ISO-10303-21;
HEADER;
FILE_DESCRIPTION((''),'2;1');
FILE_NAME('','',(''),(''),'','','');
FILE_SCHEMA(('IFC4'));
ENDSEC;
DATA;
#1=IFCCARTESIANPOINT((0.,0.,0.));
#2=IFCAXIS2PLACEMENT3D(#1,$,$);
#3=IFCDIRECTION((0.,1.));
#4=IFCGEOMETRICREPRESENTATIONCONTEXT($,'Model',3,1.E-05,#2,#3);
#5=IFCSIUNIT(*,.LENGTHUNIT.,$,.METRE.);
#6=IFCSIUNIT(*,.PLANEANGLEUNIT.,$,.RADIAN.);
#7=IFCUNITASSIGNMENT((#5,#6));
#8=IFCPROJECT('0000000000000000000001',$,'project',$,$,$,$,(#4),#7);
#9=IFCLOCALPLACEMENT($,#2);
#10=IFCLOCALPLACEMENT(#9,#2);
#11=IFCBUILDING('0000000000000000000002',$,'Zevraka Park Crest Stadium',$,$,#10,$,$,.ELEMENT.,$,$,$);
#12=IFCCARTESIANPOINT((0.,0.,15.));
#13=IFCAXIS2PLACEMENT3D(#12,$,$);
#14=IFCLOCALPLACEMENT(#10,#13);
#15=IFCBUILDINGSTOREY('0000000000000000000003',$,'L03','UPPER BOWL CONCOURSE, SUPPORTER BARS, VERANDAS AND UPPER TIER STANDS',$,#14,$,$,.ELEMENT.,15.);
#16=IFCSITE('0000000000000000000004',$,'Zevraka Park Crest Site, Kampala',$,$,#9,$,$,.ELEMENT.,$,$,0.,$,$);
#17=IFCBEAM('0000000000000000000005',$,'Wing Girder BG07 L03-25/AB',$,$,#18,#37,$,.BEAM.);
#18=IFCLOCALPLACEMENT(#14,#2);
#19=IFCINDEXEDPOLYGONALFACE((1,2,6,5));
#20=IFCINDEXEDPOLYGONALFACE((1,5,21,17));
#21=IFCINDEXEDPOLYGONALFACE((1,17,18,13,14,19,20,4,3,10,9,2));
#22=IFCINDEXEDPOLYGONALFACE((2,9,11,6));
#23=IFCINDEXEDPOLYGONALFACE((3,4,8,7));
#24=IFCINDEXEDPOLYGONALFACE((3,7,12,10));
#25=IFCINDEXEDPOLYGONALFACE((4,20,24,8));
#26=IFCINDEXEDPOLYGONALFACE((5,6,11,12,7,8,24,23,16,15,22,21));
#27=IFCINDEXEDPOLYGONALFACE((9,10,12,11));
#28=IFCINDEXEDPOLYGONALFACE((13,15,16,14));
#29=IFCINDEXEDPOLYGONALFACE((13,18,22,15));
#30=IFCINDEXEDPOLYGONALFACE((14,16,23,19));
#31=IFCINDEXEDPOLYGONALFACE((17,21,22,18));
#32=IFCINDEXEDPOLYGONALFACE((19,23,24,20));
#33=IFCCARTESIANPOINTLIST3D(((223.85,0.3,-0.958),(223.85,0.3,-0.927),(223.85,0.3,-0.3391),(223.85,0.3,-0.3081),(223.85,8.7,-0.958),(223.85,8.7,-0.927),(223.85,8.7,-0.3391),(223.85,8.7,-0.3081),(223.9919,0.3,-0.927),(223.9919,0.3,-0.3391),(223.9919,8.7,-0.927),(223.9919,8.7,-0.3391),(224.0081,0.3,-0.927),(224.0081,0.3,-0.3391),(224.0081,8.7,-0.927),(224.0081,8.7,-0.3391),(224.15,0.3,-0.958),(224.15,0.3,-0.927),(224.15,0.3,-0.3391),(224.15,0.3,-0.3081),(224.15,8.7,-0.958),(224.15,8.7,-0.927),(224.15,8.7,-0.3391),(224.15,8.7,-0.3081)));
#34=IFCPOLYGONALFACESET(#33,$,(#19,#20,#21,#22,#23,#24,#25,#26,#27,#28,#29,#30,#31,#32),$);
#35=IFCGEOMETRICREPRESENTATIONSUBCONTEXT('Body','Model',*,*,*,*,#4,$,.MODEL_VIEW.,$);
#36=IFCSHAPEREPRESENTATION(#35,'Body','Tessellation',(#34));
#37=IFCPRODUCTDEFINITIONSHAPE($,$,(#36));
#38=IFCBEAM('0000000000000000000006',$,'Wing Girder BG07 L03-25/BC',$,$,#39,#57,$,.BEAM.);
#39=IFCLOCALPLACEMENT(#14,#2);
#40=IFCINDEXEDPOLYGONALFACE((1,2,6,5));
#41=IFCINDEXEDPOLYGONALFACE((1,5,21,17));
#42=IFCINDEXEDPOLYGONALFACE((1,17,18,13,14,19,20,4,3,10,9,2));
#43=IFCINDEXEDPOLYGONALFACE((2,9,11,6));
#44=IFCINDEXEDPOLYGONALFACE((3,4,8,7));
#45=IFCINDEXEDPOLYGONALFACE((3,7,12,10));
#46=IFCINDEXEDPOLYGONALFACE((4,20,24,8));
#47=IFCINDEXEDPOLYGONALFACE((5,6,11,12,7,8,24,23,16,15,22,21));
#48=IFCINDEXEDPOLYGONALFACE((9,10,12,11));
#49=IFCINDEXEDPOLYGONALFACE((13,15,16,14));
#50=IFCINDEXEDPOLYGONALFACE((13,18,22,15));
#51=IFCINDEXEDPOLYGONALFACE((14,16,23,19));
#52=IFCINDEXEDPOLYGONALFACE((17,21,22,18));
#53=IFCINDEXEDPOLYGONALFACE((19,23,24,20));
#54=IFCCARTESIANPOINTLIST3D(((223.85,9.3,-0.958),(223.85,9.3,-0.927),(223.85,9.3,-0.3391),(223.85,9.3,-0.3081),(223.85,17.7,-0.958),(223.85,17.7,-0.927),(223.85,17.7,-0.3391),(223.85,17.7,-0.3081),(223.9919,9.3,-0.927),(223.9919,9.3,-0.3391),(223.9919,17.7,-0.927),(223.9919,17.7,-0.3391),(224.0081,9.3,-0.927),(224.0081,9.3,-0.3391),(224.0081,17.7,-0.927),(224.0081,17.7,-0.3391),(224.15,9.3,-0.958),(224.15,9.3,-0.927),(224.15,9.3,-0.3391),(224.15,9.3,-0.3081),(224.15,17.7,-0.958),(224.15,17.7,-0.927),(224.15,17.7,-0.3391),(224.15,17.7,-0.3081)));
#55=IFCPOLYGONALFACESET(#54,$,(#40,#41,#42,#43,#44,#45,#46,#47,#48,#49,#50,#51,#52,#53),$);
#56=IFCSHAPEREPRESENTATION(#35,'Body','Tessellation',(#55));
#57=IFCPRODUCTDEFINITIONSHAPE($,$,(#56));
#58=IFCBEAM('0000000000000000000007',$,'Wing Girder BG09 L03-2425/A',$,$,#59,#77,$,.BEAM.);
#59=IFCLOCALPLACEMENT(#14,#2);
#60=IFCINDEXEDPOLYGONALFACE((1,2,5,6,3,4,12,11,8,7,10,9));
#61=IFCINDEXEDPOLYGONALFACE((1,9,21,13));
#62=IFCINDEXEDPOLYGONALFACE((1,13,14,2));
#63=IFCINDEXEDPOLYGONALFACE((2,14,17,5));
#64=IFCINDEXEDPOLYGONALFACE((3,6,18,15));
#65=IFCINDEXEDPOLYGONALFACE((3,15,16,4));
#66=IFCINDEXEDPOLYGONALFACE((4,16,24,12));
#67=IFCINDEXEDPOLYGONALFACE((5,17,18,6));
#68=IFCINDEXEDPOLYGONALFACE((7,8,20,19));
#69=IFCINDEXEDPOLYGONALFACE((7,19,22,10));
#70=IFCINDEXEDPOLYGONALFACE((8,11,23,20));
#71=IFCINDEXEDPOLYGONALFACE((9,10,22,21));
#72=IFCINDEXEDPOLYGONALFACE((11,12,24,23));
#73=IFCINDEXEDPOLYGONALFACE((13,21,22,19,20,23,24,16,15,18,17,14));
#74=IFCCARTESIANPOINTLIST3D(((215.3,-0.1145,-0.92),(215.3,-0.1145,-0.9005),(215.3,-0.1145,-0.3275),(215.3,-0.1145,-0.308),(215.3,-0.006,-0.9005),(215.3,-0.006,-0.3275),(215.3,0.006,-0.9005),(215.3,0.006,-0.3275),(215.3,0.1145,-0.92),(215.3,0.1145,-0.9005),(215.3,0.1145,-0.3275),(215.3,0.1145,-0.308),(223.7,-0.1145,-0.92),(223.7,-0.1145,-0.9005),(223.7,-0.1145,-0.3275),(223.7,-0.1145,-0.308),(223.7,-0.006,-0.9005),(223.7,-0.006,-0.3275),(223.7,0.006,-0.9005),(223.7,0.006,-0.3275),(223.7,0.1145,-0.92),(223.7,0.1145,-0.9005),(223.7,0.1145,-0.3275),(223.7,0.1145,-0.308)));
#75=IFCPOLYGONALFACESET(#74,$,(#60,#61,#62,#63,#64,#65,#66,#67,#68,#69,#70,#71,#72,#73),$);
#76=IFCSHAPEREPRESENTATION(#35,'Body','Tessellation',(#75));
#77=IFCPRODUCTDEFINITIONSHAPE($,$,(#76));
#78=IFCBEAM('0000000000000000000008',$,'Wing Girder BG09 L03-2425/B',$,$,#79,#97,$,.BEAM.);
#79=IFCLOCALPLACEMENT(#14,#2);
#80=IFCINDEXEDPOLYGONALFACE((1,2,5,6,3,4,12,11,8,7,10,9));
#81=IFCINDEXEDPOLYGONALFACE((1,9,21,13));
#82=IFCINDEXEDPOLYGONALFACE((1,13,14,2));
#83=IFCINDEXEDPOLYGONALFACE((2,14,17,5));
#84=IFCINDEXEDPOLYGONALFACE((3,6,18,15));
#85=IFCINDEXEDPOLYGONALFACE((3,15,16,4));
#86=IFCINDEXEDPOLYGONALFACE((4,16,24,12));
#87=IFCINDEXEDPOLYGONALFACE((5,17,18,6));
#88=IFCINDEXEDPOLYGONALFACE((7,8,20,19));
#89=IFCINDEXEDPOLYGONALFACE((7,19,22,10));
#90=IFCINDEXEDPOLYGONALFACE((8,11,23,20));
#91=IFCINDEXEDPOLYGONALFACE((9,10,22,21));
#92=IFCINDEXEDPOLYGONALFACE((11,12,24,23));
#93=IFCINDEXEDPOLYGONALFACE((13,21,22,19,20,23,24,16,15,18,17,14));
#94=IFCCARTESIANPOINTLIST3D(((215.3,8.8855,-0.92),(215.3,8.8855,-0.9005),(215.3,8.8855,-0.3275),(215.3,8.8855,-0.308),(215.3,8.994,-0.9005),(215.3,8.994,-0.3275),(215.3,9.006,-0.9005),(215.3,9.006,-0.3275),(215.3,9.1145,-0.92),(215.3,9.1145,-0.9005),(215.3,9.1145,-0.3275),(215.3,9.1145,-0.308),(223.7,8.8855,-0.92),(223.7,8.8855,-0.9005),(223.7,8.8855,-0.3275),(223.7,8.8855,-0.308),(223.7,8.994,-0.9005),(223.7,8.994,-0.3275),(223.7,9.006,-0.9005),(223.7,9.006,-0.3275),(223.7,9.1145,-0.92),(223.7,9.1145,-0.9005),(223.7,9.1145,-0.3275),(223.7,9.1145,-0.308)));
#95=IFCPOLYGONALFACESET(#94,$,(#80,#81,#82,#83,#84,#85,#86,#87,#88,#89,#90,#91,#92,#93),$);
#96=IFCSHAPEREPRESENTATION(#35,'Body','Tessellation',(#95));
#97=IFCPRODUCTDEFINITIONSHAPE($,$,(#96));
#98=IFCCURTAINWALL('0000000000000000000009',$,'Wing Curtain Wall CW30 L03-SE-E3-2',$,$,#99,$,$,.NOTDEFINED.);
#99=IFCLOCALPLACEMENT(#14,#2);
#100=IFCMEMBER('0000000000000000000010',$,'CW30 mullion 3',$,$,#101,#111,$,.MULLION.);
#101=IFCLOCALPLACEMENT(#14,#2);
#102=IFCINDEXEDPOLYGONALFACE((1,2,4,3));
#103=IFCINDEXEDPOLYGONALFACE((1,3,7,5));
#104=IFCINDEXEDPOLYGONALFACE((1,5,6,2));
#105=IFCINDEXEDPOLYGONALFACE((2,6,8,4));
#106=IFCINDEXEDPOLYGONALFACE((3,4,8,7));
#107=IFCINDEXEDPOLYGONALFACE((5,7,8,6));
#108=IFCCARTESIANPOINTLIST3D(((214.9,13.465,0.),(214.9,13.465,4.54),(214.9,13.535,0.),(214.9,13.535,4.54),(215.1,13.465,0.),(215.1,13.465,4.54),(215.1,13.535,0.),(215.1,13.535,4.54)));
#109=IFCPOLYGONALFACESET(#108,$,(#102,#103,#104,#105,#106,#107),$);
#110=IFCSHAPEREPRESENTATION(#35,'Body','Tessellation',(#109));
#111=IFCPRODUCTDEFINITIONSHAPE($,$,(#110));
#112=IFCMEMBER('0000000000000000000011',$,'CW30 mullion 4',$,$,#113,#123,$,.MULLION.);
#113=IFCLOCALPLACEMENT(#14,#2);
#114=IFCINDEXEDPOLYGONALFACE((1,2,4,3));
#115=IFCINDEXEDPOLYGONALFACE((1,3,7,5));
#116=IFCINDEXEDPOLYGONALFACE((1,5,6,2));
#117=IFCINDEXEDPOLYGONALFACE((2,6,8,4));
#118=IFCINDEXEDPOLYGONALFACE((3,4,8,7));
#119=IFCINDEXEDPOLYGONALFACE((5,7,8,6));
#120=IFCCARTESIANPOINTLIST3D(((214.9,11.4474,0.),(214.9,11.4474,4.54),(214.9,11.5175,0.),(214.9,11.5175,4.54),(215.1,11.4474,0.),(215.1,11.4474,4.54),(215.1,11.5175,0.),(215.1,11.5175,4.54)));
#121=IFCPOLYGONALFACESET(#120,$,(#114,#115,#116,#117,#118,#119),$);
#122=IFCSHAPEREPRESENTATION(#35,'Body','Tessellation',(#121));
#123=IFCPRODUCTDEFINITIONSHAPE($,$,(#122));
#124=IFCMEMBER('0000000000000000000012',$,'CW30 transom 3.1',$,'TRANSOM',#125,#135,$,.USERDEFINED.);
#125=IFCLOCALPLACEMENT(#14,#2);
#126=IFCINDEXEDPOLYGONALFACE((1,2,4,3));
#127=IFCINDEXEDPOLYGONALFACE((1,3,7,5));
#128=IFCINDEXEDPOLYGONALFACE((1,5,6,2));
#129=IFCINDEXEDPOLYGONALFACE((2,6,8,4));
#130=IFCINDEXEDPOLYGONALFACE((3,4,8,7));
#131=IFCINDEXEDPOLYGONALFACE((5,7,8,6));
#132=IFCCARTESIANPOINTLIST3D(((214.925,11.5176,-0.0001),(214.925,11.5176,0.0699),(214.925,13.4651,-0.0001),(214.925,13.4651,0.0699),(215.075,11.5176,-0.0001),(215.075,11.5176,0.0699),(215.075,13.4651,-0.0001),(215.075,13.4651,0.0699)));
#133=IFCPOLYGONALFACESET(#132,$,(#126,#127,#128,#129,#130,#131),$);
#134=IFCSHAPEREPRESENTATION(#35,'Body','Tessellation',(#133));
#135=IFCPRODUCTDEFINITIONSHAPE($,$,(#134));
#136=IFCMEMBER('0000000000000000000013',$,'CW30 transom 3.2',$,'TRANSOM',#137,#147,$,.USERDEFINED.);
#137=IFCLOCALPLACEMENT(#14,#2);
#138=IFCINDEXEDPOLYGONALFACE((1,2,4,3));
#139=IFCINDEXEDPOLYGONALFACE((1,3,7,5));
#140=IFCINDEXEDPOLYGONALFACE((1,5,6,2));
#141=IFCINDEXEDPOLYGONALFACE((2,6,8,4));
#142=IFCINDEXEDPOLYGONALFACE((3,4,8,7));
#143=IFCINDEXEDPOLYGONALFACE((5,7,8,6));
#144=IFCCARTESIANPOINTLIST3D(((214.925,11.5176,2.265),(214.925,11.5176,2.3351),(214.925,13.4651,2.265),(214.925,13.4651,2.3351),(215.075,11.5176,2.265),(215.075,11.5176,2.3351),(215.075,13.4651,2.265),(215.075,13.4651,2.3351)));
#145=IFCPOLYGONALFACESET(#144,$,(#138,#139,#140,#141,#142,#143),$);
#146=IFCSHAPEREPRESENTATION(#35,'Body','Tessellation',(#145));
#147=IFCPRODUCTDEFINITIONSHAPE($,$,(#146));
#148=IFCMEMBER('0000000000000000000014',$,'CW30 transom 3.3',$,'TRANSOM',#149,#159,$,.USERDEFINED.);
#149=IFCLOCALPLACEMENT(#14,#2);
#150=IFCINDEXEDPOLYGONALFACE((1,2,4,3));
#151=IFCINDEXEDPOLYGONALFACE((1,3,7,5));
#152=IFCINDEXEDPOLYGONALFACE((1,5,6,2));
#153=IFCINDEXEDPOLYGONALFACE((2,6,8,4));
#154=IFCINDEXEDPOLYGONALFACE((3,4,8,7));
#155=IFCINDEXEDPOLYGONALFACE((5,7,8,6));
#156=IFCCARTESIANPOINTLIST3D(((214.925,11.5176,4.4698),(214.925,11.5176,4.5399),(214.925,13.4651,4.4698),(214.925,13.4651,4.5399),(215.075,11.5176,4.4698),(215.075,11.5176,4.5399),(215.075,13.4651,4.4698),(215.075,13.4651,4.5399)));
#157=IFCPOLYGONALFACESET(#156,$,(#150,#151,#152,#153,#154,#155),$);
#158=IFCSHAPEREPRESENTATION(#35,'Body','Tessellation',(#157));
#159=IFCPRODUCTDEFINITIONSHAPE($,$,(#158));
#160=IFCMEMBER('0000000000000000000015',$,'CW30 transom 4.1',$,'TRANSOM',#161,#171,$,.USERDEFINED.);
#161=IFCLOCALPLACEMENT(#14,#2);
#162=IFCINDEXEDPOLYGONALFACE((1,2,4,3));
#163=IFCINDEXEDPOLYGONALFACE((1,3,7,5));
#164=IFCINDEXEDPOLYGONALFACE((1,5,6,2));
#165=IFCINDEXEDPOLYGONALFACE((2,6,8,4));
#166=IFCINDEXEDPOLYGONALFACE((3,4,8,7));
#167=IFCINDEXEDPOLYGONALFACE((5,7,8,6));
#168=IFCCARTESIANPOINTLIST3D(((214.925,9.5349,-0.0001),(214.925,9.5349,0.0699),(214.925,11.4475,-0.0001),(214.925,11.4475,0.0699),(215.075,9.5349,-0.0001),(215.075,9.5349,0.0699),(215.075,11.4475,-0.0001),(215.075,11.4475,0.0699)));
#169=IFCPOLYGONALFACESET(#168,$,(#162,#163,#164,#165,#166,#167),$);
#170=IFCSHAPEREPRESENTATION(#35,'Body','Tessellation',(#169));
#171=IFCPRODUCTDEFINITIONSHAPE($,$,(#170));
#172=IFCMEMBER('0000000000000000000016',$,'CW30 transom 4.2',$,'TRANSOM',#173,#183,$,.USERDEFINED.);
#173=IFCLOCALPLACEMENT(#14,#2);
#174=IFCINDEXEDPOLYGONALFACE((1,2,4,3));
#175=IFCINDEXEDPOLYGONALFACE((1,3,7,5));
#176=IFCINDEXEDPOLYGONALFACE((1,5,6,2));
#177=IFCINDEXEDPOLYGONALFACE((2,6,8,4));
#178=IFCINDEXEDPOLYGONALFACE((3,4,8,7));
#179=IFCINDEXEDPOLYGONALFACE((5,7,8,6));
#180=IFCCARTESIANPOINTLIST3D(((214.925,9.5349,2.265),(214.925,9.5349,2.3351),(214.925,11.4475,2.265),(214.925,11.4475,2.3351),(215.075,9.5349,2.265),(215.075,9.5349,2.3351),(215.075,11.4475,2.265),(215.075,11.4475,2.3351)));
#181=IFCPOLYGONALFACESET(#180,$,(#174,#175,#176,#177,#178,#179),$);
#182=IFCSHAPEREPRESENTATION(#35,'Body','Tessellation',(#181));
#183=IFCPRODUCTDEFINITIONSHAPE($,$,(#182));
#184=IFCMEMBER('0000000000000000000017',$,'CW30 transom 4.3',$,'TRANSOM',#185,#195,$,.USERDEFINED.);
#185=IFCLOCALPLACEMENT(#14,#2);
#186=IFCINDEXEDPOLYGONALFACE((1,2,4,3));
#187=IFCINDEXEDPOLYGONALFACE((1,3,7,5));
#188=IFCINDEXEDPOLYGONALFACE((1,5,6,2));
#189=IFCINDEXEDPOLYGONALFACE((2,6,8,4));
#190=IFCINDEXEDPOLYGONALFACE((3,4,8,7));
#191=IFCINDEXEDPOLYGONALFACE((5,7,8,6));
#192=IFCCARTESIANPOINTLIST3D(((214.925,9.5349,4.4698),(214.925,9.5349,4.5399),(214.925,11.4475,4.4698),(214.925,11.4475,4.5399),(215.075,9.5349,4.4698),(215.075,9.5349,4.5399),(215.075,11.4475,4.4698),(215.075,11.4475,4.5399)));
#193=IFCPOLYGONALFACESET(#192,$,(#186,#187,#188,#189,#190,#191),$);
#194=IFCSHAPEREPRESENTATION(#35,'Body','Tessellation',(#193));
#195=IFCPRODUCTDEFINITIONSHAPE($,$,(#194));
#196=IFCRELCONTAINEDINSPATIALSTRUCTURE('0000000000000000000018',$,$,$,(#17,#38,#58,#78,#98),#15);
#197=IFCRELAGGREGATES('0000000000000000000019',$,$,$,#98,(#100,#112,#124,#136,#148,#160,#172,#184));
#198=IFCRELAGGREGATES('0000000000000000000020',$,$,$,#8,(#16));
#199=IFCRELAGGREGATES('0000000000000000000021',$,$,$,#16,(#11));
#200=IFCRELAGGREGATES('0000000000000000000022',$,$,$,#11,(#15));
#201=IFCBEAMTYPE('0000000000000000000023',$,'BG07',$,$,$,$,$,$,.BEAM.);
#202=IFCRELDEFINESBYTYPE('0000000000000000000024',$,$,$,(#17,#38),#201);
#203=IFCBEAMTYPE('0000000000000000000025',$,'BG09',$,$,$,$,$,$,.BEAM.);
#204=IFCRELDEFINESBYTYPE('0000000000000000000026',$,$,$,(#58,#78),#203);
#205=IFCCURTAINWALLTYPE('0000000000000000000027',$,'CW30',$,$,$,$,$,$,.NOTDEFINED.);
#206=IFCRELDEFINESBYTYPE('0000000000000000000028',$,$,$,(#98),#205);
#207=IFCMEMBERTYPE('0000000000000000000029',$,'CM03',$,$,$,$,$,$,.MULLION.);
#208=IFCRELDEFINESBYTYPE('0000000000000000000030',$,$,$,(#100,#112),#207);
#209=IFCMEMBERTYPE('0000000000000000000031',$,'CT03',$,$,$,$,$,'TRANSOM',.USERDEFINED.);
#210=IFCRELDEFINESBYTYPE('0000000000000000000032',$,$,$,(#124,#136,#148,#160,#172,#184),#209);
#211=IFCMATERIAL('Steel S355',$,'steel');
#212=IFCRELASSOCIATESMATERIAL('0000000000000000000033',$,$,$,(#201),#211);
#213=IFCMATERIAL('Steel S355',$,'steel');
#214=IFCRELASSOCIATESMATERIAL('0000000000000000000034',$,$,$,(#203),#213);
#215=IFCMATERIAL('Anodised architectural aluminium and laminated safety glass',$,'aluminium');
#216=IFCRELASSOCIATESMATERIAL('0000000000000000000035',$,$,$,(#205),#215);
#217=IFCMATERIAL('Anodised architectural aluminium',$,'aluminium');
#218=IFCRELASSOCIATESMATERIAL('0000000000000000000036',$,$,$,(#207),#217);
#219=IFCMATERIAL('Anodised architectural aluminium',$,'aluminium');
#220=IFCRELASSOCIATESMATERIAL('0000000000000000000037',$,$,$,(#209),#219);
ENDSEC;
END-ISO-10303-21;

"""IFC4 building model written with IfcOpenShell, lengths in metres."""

from ifc_helpers import new_model, si_unit, direction, frame, origin, origin_2d, place, context, subcontext, project, spatial, rectangle, i_section, extrude, material, material_profile, profile_set, type_object, element, aggregate, save


model = new_model("IFC4")

# Units and contexts
model_context = context("Model", 3, precision=1e-05, world=origin(), true_north=direction((0.0, 1.0)))
body_context = subcontext(model_context, "Body", "Model", "MODEL_VIEW")
ifc_project = project(units=[si_unit("LENGTHUNIT", "METRE"), si_unit("PLANEANGLEUNIT", "RADIAN")], contexts=[model_context])

# Site, building, storey
site_placement = place(None, origin())
site = spatial("IfcSite", under=ifc_project, at=site_placement, Name="Zevraka Park Crest Site, Kampala", CompositionType="ELEMENT", RefElevation=0.0)
building_placement = place(site_placement, origin())
building = spatial("IfcBuilding", under=site, at=building_placement, Name="Zevraka Park Crest Stadium", CompositionType="ELEMENT")
storey_placement = place(building_placement, frame((0.0, 0.0, 15.0)))
storey = spatial("IfcBuildingStorey", under=building, at=storey_placement, Name="L03", Description="UPPER BOWL CONCOURSE, SUPPORTER BARS, VERANDAS AND UPPER TIER STANDS", CompositionType="ELEMENT", Elevation=15.0)

# Beams
ifc_material_1 = material(Name="Steel S355", Category="steel")
ifc_material_profile_1 = material_profile(ifc_material_1, i_section(OverallWidth=0.3, OverallDepth=0.6499, WebThickness=0.0161, FlangeThickness=0.031, at=origin_2d()), Name="HEB 650")
ifc_profile_set_1 = profile_set([ifc_material_profile_1], Name="Steel S355")
beam_type_1 = type_object("IfcBeamType", Name="BG07", PredefinedType="BEAM", material=ifc_profile_set_1)
for number, where, z_axis, x_axis, name in (
    (1, (224.0, 0.3, -0.6331), (0.0, 1.0, 0.0), (-1.0, 0.0, 0.0), "Wing Girder BG07 L03-25/AB"),
    (2, (224.0, 9.3, -0.6331), (0.0, 1.0, 0.0), (-1.0, 0.0, 0.0), "Wing Girder BG07 L03-25/BC"),
):
    element("IfcBeam", number, at=place(storey_placement, frame(where, z_axis=z_axis, x_axis=x_axis)), inside=storey, type_object=beam_type_1, Name=name, PredefinedType="BEAM", context=body_context, shape_type="SweptSolid", body=[
        extrude(i_section(OverallWidth=0.3, OverallDepth=0.6499, WebThickness=0.0161, FlangeThickness=0.031, at=origin_2d()), origin(), (0.0, 0.0, 1.0), 8.3999),
    ])
ifc_material_2 = material(Name="Steel S355", Category="steel")
ifc_material_profile_2 = material_profile(ifc_material_2, i_section(OverallWidth=0.229, OverallDepth=0.6121, WebThickness=0.012, FlangeThickness=0.0195, at=origin_2d()), Name="UKB 610x229x125")
ifc_profile_set_2 = profile_set([ifc_material_profile_2], Name="Steel S355")
beam_type_2 = type_object("IfcBeamType", Name="BG09", PredefinedType="BEAM", material=ifc_profile_set_2)
for number, where, z_axis, x_axis, name in (
    (3, (215.3, 0.0, -0.614), (1.0, 0.0, 0.0), (0.0, 1.0, 0.0), "Wing Girder BG09 L03-2425/A"),
    (4, (215.3, 9.0, -0.614), (1.0, 0.0, 0.0), (0.0, 1.0, 0.0), "Wing Girder BG09 L03-2425/B"),
):
    element("IfcBeam", number, at=place(storey_placement, frame(where, z_axis=z_axis, x_axis=x_axis)), inside=storey, type_object=beam_type_2, Name=name, PredefinedType="BEAM", context=body_context, shape_type="SweptSolid", body=[
        extrude(i_section(OverallWidth=0.229, OverallDepth=0.6121, WebThickness=0.012, FlangeThickness=0.0195, at=origin_2d()), origin(), (0.0, 0.0, 1.0), 8.3999),
    ])

# Curtain wall, members
ifc_material_3 = material(Name="Anodised architectural aluminium and laminated safety glass", Category="aluminium")
curtain_wall_type = type_object("IfcCurtainWallType", Name="CW30", PredefinedType="NOTDEFINED", material=ifc_material_3)
curtain_wall_placement = place(storey_placement, origin())
curtain_wall = element("IfcCurtainWall", 5, at=curtain_wall_placement, inside=storey, type_object=curtain_wall_type, Name="Wing Curtain Wall CW30 L03-SE-E3-2", PredefinedType="NOTDEFINED")
ifc_material_4 = material(Name="Anodised architectural aluminium", Category="aluminium")
ifc_material_profile_3 = material_profile(ifc_material_4, rectangle(XDim=0.2, YDim=0.0701, at=origin_2d()), Name="ALU MULLION 200x70")
ifc_profile_set_3 = profile_set([ifc_material_profile_3], Name="Anodised architectural aluminium")
member_type_1 = type_object("IfcMemberType", Name="CM03", PredefinedType="MULLION", material=ifc_profile_set_3)
member_1_placement = place(storey_placement, frame((215.0, 13.5, 0.0), z_axis=(0.0, 0.0, 1.0), x_axis=(1.0, 0.0, 0.0)))
member_1 = element("IfcMember", 6, at=member_1_placement, type_object=member_type_1, Name="CW30 mullion 3", PredefinedType="MULLION", context=body_context, shape_type="SweptSolid", body=[
    extrude(rectangle(XDim=0.2, YDim=0.0701, at=origin_2d()), origin(), (0.0, 0.0, 1.0), 4.54),
])
member_2_placement = place(storey_placement, frame((215.0, 11.4824, 0.0), z_axis=(0.0, 0.0, 1.0), x_axis=(1.0, 0.0, 0.0)))
member_2 = element("IfcMember", 7, at=member_2_placement, type_object=member_type_1, Name="CW30 mullion 4", PredefinedType="MULLION", context=body_context, shape_type="SweptSolid", body=[
    extrude(rectangle(XDim=0.2, YDim=0.0701, at=origin_2d()), origin(), (0.0, 0.0, 1.0), 4.54),
])
ifc_material_5 = material(Name="Anodised architectural aluminium", Category="aluminium")
ifc_material_profile_4 = material_profile(ifc_material_5, rectangle(XDim=0.1499, YDim=0.0701, at=origin_2d()), Name="ALU TRANSOM 150x70")
ifc_profile_set_4 = profile_set([ifc_material_profile_4], Name="Anodised architectural aluminium")
member_type_2 = type_object("IfcMemberType", Name="CT03", ElementType="TRANSOM", PredefinedType="USERDEFINED", material=ifc_profile_set_4)
member_3_placement = place(storey_placement, frame((215.0, 13.4651, 0.0349), z_axis=(0.0, -1.0, 0.0), x_axis=(1.0, 0.0, 0.0)))
member_3 = element("IfcMember", 8, at=member_3_placement, type_object=member_type_2, Name="CW30 transom 3.1", ObjectType="TRANSOM", PredefinedType="USERDEFINED", context=body_context, shape_type="SweptSolid", body=[
    extrude(rectangle(XDim=0.1499, YDim=0.0701, at=origin_2d()), origin(), (0.0, 0.0, 1.0), 1.9475),
])
member_4_placement = place(storey_placement, frame((215.0, 13.4651, 2.3), z_axis=(0.0, -1.0, 0.0), x_axis=(1.0, 0.0, 0.0)))
member_4 = element("IfcMember", 9, at=member_4_placement, type_object=member_type_2, Name="CW30 transom 3.2", ObjectType="TRANSOM", PredefinedType="USERDEFINED", context=body_context, shape_type="SweptSolid", body=[
    extrude(rectangle(XDim=0.1499, YDim=0.0701, at=origin_2d()), origin(), (0.0, 0.0, 1.0), 1.9475),
])
member_5_placement = place(storey_placement, frame((215.0, 13.4651, 4.5049), z_axis=(0.0, -1.0, 0.0), x_axis=(1.0, 0.0, 0.0)))
member_5 = element("IfcMember", 10, at=member_5_placement, type_object=member_type_2, Name="CW30 transom 3.3", ObjectType="TRANSOM", PredefinedType="USERDEFINED", context=body_context, shape_type="SweptSolid", body=[
    extrude(rectangle(XDim=0.1499, YDim=0.0701, at=origin_2d()), origin(), (0.0, 0.0, 1.0), 1.9475),
])
member_6_placement = place(storey_placement, frame((215.0, 11.4475, 0.0349), z_axis=(0.0, -1.0, 0.0), x_axis=(1.0, 0.0, 0.0)))
member_6 = element("IfcMember", 11, at=member_6_placement, type_object=member_type_2, Name="CW30 transom 4.1", ObjectType="TRANSOM", PredefinedType="USERDEFINED", context=body_context, shape_type="SweptSolid", body=[
    extrude(rectangle(XDim=0.1499, YDim=0.0701, at=origin_2d()), origin(), (0.0, 0.0, 1.0), 1.9126),
])
member_7_placement = place(storey_placement, frame((215.0, 11.4475, 2.3), z_axis=(0.0, -1.0, 0.0), x_axis=(1.0, 0.0, 0.0)))
member_7 = element("IfcMember", 12, at=member_7_placement, type_object=member_type_2, Name="CW30 transom 4.2", ObjectType="TRANSOM", PredefinedType="USERDEFINED", context=body_context, shape_type="SweptSolid", body=[
    extrude(rectangle(XDim=0.1499, YDim=0.0701, at=origin_2d()), origin(), (0.0, 0.0, 1.0), 1.9126),
])
member_8_placement = place(storey_placement, frame((215.0, 11.4475, 4.5049), z_axis=(0.0, -1.0, 0.0), x_axis=(1.0, 0.0, 0.0)))
member_8 = element("IfcMember", 13, at=member_8_placement, type_object=member_type_2, Name="CW30 transom 4.3", ObjectType="TRANSOM", PredefinedType="USERDEFINED", context=body_context, shape_type="SweptSolid", body=[
    extrude(rectangle(XDim=0.1499, YDim=0.0701, at=origin_2d()), origin(), (0.0, 0.0, 1.0), 1.9126),
])

aggregate(curtain_wall, [member_1, member_2, member_3, member_4, member_5, member_6, member_7, member_8])

save(model, "model.ifc")
